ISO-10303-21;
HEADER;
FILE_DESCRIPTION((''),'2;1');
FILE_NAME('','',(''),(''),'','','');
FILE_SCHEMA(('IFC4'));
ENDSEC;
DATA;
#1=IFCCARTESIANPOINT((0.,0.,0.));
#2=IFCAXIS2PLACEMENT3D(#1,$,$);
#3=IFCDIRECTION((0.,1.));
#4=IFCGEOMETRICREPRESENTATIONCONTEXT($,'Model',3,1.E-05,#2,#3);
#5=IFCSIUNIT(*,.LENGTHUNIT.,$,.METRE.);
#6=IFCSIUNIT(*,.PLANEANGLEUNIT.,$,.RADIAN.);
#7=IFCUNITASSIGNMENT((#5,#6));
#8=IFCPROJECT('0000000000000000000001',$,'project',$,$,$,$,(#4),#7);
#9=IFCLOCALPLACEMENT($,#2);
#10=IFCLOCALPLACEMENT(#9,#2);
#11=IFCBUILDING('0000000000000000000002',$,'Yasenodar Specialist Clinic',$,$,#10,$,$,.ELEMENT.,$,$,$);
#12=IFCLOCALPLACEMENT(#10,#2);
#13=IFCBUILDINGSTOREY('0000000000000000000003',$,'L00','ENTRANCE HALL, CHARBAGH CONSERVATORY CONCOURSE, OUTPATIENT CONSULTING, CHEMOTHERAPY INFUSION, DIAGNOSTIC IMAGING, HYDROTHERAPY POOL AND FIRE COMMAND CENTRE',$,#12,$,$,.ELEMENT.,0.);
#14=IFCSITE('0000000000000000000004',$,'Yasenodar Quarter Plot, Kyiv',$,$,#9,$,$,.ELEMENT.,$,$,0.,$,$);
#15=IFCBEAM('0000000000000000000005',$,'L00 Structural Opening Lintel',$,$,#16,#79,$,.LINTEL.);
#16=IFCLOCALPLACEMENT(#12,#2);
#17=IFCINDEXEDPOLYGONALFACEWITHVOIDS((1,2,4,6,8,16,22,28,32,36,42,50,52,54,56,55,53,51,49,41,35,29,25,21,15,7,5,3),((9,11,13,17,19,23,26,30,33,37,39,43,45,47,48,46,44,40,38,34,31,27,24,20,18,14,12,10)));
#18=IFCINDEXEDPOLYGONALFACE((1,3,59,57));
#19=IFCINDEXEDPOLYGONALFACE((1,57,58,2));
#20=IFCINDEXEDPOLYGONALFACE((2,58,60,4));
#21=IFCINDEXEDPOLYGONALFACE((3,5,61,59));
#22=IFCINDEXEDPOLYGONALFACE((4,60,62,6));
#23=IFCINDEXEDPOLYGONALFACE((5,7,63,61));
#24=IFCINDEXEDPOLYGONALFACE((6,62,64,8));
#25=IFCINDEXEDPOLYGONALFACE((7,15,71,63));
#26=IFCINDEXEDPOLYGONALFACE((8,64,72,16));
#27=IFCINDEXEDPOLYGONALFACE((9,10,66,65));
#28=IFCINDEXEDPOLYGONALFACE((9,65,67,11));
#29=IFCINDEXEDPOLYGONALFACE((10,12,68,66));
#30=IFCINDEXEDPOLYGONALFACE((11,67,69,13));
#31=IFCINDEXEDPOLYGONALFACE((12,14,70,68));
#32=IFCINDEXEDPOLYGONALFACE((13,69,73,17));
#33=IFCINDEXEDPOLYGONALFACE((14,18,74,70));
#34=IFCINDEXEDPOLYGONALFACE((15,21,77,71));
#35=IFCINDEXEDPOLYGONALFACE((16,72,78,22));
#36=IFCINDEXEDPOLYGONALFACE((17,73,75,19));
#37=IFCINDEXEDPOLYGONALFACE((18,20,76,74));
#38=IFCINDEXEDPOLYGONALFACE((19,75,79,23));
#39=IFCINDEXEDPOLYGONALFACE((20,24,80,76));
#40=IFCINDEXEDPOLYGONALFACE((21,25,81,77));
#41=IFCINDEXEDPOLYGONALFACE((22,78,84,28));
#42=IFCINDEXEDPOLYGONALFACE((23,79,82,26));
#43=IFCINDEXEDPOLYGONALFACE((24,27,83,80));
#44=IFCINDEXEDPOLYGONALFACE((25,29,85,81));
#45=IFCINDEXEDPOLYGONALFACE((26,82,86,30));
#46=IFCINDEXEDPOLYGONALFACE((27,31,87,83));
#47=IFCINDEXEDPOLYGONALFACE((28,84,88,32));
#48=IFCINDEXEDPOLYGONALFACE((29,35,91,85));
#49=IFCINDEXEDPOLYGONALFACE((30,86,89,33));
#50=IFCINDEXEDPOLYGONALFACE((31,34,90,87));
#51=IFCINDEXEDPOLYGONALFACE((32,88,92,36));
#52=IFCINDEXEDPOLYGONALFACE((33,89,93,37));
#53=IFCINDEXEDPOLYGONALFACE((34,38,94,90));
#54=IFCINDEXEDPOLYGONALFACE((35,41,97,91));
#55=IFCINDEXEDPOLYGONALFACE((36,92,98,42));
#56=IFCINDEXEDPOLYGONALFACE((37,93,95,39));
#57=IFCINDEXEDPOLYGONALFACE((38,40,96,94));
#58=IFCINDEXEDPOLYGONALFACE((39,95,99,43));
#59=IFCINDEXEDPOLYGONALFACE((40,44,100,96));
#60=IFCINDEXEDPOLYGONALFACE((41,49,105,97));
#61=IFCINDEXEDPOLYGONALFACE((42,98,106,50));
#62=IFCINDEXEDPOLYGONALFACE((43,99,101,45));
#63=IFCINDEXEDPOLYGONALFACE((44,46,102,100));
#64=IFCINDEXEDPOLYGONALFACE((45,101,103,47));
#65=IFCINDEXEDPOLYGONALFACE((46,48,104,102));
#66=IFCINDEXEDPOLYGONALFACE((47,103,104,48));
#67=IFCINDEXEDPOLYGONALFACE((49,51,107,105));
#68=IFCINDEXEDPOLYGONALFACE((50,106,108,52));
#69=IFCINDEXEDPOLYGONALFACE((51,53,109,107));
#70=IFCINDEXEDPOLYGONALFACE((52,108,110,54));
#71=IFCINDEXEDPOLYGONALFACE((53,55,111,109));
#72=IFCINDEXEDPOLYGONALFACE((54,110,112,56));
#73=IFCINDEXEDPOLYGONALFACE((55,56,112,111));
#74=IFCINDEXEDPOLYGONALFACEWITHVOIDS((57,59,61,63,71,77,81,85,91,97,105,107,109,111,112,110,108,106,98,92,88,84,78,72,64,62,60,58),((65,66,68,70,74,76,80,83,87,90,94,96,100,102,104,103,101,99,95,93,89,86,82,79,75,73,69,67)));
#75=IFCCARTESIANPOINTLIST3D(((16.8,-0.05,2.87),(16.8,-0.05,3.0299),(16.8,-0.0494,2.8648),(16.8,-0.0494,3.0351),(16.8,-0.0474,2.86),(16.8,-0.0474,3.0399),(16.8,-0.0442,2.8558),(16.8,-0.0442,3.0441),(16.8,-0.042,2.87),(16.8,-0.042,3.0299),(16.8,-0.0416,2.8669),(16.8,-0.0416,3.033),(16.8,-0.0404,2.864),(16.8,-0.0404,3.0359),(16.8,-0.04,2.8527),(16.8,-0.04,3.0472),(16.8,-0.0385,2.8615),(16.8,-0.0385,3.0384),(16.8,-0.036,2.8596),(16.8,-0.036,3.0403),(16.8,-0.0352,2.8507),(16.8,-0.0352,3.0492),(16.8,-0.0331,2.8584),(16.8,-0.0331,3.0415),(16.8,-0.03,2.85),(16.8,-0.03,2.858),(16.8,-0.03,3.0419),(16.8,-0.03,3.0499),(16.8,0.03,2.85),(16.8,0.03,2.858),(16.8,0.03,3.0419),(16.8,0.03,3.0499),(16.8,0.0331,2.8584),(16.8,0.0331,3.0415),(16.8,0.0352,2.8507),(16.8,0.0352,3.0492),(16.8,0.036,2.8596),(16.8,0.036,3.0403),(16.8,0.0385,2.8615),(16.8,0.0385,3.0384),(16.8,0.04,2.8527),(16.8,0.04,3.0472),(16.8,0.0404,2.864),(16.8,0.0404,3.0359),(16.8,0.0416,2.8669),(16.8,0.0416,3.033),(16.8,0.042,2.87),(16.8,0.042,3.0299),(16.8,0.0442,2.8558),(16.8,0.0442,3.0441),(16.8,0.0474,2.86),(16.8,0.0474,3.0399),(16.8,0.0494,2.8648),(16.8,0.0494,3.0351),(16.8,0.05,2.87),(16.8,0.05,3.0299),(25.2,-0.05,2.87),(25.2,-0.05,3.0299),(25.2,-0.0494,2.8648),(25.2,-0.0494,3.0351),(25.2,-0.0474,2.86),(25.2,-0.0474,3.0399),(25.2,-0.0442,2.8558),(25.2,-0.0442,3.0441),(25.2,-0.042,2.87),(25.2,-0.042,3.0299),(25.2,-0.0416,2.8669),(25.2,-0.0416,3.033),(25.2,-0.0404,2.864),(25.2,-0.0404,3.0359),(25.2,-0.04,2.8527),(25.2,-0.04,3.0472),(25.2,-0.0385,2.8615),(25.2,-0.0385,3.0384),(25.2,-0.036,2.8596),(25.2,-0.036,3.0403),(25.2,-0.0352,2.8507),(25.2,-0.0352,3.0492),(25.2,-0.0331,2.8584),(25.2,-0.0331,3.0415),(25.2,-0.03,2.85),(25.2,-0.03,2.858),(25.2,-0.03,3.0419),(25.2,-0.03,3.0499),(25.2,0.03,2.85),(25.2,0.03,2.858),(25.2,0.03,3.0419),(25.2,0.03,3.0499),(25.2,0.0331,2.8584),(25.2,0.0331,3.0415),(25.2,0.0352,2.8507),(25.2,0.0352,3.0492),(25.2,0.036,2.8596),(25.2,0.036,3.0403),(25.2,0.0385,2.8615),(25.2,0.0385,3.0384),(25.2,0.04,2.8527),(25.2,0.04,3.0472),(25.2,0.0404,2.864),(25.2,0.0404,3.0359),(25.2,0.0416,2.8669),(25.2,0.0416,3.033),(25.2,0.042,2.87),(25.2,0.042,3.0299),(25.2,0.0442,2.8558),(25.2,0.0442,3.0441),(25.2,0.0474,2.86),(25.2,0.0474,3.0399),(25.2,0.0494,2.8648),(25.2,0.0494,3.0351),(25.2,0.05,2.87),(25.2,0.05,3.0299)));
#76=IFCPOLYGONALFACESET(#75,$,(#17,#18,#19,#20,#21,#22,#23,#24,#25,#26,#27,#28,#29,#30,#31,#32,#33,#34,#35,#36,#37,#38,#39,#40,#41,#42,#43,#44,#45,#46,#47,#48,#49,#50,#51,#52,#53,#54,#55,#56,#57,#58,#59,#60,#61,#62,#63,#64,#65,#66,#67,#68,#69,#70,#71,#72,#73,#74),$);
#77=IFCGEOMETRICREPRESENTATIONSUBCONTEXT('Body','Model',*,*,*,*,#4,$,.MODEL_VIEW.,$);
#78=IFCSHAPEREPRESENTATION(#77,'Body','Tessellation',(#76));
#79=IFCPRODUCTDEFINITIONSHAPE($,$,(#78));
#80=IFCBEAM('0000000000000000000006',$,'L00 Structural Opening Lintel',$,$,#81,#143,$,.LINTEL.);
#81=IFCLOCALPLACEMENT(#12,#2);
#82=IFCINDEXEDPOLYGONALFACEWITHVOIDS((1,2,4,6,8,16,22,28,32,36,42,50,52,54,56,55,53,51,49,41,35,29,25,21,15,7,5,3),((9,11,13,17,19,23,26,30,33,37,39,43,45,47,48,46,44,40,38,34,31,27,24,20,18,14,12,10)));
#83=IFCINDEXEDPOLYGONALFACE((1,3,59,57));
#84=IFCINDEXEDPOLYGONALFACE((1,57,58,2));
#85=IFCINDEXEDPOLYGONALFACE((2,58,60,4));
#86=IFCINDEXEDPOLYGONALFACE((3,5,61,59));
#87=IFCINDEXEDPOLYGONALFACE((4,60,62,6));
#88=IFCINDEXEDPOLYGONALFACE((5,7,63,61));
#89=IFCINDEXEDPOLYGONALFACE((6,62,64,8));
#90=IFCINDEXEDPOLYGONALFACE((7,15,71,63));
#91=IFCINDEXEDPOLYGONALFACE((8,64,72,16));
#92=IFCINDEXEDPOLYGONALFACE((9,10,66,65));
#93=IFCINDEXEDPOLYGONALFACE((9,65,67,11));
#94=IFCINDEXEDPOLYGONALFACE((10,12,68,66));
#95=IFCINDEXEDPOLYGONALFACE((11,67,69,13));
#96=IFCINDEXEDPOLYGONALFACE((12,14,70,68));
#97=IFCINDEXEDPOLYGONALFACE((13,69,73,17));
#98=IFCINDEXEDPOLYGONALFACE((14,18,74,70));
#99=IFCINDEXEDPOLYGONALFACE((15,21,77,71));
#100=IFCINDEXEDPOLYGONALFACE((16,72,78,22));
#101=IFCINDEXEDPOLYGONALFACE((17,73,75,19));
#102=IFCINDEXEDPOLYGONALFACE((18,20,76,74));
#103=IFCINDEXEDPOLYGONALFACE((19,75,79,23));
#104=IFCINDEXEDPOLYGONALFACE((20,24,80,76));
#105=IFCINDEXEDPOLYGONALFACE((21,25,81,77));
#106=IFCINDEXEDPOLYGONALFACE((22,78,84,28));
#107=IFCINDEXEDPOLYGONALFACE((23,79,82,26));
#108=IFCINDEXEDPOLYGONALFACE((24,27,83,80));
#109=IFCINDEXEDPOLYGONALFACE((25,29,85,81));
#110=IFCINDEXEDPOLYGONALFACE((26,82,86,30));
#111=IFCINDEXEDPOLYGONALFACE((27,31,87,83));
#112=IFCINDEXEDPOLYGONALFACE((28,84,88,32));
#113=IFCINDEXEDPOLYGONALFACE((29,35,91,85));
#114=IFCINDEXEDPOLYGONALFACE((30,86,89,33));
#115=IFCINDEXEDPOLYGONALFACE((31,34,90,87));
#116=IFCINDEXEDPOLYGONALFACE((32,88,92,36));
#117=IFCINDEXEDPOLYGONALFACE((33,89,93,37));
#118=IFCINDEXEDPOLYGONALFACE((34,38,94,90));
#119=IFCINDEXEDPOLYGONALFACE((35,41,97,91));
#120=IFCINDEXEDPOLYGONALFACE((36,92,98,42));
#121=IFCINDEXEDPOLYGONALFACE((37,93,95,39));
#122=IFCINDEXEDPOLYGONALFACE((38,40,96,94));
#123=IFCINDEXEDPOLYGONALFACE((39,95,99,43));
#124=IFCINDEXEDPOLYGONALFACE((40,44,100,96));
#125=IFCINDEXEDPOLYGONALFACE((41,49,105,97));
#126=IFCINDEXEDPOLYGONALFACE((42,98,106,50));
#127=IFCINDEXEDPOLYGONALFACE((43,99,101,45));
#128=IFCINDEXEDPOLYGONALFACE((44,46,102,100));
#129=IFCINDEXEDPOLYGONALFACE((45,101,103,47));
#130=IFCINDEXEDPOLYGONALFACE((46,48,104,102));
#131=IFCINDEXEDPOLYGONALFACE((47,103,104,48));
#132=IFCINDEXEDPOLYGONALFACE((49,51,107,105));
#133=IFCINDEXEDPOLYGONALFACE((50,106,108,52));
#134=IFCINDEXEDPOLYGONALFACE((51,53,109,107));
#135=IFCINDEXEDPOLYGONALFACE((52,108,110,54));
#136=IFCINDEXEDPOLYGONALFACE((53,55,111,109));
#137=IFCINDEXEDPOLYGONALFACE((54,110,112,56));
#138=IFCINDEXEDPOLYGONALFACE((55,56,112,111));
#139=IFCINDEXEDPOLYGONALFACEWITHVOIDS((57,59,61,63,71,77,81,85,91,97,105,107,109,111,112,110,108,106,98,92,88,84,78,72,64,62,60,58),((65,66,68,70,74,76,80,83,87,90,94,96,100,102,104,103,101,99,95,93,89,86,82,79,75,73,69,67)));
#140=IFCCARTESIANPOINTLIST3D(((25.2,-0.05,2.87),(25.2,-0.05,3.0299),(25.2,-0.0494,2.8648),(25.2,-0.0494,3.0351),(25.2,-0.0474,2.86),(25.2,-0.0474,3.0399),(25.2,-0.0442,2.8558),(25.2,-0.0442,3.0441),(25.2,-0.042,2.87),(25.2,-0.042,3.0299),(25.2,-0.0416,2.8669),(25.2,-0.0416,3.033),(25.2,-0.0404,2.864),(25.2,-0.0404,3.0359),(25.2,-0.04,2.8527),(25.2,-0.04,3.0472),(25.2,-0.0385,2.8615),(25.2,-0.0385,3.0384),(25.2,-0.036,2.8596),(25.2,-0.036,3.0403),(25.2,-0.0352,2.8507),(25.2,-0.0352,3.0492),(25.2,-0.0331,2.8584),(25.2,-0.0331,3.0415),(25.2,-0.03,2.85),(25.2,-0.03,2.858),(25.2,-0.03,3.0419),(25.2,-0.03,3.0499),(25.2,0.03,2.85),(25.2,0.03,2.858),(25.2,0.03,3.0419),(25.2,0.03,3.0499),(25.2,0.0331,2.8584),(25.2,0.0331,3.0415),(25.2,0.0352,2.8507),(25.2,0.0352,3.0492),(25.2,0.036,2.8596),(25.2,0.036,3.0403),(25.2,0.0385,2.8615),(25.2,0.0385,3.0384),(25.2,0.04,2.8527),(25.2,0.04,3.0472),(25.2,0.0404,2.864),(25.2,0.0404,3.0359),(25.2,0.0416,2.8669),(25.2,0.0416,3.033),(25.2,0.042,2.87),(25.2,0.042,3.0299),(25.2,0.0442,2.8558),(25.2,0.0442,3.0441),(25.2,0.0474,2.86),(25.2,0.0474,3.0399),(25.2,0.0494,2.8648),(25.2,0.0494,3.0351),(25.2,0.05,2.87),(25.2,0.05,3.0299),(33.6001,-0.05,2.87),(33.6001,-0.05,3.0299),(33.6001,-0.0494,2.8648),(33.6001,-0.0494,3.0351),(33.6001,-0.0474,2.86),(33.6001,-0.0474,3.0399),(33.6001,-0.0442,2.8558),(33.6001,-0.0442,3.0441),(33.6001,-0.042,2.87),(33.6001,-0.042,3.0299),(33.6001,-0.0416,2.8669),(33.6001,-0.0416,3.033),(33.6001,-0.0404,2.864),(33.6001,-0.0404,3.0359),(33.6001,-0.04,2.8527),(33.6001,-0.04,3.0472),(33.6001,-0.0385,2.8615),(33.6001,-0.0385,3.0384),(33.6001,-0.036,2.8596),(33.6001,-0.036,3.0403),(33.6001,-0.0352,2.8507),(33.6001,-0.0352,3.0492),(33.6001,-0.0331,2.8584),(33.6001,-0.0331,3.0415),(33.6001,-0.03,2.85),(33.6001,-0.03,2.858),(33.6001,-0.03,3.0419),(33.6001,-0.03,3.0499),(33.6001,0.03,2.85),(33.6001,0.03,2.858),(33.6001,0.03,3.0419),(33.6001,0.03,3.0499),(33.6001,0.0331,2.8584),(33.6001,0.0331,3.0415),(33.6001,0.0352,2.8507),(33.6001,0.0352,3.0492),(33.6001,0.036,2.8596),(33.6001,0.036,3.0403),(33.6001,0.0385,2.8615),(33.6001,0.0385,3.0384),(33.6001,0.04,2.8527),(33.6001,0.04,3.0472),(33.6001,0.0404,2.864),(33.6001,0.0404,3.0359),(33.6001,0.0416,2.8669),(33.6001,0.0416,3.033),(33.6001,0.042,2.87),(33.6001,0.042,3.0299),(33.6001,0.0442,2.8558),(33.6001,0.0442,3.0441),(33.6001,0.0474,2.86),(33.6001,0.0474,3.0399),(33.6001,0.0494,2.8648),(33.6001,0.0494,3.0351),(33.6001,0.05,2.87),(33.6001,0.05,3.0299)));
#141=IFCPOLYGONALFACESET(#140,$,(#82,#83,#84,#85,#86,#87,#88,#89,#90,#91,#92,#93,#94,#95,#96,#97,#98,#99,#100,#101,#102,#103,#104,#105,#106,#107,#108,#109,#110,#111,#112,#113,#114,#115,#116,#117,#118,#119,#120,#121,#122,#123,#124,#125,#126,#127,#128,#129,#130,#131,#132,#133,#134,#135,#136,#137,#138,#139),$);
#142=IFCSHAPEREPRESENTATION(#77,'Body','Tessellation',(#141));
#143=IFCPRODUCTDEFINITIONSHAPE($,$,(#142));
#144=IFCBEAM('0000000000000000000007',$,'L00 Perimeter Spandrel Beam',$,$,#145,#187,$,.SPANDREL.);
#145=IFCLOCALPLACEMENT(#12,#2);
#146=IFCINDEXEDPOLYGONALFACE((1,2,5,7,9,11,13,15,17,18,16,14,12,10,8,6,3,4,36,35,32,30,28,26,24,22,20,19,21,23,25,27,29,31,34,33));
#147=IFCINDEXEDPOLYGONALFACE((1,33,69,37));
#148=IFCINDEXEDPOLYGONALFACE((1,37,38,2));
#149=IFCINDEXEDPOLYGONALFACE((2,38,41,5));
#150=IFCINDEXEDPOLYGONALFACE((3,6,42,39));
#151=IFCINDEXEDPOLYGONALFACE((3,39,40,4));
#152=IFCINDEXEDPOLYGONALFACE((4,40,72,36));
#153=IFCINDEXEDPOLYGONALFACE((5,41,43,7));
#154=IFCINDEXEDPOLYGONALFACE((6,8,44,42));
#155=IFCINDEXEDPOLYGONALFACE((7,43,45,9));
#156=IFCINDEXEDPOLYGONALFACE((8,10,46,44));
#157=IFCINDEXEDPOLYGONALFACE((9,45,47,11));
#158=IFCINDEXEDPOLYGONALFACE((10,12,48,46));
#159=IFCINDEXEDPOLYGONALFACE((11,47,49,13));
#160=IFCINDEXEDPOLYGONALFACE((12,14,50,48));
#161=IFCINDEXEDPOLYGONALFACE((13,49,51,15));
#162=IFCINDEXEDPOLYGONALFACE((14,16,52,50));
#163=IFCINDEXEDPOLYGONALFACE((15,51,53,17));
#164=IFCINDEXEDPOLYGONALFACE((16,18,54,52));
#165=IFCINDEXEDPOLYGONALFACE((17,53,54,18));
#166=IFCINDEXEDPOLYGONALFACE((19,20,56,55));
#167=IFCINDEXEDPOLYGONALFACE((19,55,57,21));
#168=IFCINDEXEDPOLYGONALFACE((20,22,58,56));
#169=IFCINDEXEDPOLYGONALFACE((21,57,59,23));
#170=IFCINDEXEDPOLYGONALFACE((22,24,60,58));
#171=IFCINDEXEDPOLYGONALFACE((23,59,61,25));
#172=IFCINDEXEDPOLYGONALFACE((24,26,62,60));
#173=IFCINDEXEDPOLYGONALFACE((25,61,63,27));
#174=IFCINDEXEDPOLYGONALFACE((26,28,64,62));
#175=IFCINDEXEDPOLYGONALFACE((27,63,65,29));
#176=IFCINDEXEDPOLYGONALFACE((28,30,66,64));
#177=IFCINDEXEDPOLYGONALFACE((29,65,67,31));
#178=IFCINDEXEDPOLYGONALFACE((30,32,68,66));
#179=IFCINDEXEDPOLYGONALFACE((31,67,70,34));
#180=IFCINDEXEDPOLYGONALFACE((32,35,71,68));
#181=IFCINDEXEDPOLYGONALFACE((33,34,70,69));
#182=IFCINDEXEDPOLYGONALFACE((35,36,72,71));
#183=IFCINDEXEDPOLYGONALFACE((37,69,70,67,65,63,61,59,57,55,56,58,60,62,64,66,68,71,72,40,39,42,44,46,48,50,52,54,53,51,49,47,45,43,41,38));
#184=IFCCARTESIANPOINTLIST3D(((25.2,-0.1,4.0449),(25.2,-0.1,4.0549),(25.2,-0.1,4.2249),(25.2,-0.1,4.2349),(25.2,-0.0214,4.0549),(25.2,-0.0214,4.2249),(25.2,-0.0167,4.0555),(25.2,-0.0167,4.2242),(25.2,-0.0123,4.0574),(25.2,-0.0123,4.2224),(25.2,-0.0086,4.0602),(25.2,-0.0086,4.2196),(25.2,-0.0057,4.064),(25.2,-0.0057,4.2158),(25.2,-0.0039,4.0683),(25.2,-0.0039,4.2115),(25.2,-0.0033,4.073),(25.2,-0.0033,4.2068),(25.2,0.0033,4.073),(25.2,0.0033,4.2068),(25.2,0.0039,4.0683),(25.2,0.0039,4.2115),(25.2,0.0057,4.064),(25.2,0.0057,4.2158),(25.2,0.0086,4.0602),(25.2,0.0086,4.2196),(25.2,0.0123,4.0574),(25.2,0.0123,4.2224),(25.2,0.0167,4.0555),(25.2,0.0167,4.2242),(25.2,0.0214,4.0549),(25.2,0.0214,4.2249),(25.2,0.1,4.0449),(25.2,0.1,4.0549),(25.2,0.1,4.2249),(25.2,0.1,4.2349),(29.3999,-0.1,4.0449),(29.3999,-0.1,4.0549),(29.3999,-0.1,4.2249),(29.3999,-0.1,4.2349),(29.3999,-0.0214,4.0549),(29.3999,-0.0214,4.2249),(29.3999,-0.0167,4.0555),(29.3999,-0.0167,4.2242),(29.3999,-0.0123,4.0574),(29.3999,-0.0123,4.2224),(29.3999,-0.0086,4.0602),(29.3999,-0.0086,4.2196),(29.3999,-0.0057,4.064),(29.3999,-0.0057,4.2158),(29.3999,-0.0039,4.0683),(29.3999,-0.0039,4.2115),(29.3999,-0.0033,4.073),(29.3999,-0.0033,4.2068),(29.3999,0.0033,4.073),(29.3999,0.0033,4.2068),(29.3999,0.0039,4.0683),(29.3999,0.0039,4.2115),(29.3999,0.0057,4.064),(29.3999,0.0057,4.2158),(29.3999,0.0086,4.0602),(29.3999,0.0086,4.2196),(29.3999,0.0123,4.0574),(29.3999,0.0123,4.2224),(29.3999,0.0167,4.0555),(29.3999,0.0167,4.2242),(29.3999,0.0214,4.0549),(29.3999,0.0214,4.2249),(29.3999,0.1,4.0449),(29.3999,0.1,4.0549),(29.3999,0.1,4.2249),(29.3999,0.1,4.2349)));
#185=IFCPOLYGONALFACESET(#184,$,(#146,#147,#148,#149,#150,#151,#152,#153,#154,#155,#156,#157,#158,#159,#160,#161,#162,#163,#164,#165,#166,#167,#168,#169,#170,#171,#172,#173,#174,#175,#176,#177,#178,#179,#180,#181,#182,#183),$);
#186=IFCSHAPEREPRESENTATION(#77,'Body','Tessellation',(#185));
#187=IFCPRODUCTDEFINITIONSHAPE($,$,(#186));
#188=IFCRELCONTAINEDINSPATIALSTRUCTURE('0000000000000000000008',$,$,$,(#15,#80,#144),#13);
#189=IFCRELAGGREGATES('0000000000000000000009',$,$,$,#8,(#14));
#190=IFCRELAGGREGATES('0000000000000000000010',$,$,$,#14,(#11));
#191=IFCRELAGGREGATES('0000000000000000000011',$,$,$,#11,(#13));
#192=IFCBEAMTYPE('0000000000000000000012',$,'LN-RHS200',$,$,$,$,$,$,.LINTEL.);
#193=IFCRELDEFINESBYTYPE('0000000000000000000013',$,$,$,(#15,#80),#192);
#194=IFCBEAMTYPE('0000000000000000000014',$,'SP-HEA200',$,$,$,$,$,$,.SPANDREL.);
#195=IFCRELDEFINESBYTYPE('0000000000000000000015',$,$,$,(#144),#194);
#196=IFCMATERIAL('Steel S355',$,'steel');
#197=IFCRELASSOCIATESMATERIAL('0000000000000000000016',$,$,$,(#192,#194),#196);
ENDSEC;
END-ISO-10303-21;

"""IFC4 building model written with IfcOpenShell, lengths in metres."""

from ifc_helpers import new_model, si_unit, direction, frame, origin, origin_2d, place, context, subcontext, project, spatial, hollow_rectangle, i_section, extrude, material, material_profile, profile_set, type_object, element, save


model = new_model("IFC4")

# Units and contexts
model_context = context("Model", 3, precision=1e-05, world=origin(), true_north=direction((0.0, 1.0)))
body_context = subcontext(model_context, "Body", "Model", "MODEL_VIEW")
ifc_project = project(units=[si_unit("LENGTHUNIT", "METRE"), si_unit("PLANEANGLEUNIT", "RADIAN")], contexts=[model_context])

# Site, building, storey
site_placement = place(None, origin())
site = spatial("IfcSite", under=ifc_project, at=site_placement, Name="Yasenodar Quarter Plot, Kyiv", CompositionType="ELEMENT", RefElevation=0.0)
building_placement = place(site_placement, origin())
building = spatial("IfcBuilding", under=site, at=building_placement, Name="Yasenodar Specialist Clinic", CompositionType="ELEMENT")
storey_placement = place(building_placement, origin())
storey = spatial("IfcBuildingStorey", under=building, at=storey_placement, Name="L00", Description="ENTRANCE HALL, CHARBAGH CONSERVATORY CONCOURSE, OUTPATIENT CONSULTING, CHEMOTHERAPY INFUSION, DIAGNOSTIC IMAGING, HYDROTHERAPY POOL AND FIRE COMMAND CENTRE", CompositionType="ELEMENT", Elevation=0.0)

# Beams
ifc_material_1 = material(Name="Steel S355", Category="steel")
ifc_material_profile_1 = material_profile(ifc_material_1, hollow_rectangle(XDim=0.1001, YDim=0.2, WallThickness=0.0081, InnerFilletRadius=0.012, OuterFilletRadius=0.02, at=origin_2d()), Name="RHS 200x100x8")
ifc_profile_set_1 = profile_set([ifc_material_profile_1], Name="Steel S355")
beam_type_1 = type_object("IfcBeamType", Name="LN-RHS200", PredefinedType="LINTEL", material=ifc_profile_set_1)
beam_1_placement = place(storey_placement, frame((16.8, 0.0, 2.95), z_axis=(1.0, 0.0, 0.0), x_axis=(0.0, 1.0, 0.0)))
element("IfcBeam", 1, at=beam_1_placement, inside=storey, type_object=beam_type_1, Name="L00 Structural Opening Lintel", PredefinedType="LINTEL", context=body_context, shape_type="SweptSolid", body=[
    extrude(hollow_rectangle(XDim=0.1001, YDim=0.2, WallThickness=0.0081, InnerFilletRadius=0.012, OuterFilletRadius=0.02, at=origin_2d()), origin(), (0.0, 0.0, 1.0), 8.3999),
])
beam_2_placement = place(storey_placement, frame((25.2, 0.0, 2.95), z_axis=(1.0, 0.0, 0.0), x_axis=(0.0, 1.0, 0.0)))
element("IfcBeam", 2, at=beam_2_placement, inside=storey, type_object=beam_type_1, Name="L00 Structural Opening Lintel", PredefinedType="LINTEL", context=body_context, shape_type="SweptSolid", body=[
    extrude(hollow_rectangle(XDim=0.1001, YDim=0.2, WallThickness=0.0081, InnerFilletRadius=0.012, OuterFilletRadius=0.02, at=origin_2d()), origin(), (0.0, 0.0, 1.0), 8.4001),
])
ifc_material_profile_2 = material_profile(ifc_material_1, i_section(OverallWidth=0.2, OverallDepth=0.1899, WebThickness=0.0066, FlangeThickness=0.01, FilletRadius=0.0181, at=origin_2d()), Name="HEA 200")
ifc_profile_set_2 = profile_set([ifc_material_profile_2], Name="Steel S355")
beam_type_2 = type_object("IfcBeamType", Name="SP-HEA200", PredefinedType="SPANDREL", material=ifc_profile_set_2)
beam_3_placement = place(storey_placement, frame((25.2, 0.0, 4.1399), z_axis=(1.0, 0.0, 0.0), x_axis=(0.0, 1.0, 0.0)))
element("IfcBeam", 3, at=beam_3_placement, inside=storey, type_object=beam_type_2, Name="L00 Perimeter Spandrel Beam", PredefinedType="SPANDREL", context=body_context, shape_type="SweptSolid", body=[
    extrude(i_section(OverallWidth=0.2, OverallDepth=0.1899, WebThickness=0.0066, FlangeThickness=0.01, FilletRadius=0.0181, at=origin_2d()), origin(), (0.0, 0.0, 1.0), 4.2),
])

save(model, "model.ifc")
